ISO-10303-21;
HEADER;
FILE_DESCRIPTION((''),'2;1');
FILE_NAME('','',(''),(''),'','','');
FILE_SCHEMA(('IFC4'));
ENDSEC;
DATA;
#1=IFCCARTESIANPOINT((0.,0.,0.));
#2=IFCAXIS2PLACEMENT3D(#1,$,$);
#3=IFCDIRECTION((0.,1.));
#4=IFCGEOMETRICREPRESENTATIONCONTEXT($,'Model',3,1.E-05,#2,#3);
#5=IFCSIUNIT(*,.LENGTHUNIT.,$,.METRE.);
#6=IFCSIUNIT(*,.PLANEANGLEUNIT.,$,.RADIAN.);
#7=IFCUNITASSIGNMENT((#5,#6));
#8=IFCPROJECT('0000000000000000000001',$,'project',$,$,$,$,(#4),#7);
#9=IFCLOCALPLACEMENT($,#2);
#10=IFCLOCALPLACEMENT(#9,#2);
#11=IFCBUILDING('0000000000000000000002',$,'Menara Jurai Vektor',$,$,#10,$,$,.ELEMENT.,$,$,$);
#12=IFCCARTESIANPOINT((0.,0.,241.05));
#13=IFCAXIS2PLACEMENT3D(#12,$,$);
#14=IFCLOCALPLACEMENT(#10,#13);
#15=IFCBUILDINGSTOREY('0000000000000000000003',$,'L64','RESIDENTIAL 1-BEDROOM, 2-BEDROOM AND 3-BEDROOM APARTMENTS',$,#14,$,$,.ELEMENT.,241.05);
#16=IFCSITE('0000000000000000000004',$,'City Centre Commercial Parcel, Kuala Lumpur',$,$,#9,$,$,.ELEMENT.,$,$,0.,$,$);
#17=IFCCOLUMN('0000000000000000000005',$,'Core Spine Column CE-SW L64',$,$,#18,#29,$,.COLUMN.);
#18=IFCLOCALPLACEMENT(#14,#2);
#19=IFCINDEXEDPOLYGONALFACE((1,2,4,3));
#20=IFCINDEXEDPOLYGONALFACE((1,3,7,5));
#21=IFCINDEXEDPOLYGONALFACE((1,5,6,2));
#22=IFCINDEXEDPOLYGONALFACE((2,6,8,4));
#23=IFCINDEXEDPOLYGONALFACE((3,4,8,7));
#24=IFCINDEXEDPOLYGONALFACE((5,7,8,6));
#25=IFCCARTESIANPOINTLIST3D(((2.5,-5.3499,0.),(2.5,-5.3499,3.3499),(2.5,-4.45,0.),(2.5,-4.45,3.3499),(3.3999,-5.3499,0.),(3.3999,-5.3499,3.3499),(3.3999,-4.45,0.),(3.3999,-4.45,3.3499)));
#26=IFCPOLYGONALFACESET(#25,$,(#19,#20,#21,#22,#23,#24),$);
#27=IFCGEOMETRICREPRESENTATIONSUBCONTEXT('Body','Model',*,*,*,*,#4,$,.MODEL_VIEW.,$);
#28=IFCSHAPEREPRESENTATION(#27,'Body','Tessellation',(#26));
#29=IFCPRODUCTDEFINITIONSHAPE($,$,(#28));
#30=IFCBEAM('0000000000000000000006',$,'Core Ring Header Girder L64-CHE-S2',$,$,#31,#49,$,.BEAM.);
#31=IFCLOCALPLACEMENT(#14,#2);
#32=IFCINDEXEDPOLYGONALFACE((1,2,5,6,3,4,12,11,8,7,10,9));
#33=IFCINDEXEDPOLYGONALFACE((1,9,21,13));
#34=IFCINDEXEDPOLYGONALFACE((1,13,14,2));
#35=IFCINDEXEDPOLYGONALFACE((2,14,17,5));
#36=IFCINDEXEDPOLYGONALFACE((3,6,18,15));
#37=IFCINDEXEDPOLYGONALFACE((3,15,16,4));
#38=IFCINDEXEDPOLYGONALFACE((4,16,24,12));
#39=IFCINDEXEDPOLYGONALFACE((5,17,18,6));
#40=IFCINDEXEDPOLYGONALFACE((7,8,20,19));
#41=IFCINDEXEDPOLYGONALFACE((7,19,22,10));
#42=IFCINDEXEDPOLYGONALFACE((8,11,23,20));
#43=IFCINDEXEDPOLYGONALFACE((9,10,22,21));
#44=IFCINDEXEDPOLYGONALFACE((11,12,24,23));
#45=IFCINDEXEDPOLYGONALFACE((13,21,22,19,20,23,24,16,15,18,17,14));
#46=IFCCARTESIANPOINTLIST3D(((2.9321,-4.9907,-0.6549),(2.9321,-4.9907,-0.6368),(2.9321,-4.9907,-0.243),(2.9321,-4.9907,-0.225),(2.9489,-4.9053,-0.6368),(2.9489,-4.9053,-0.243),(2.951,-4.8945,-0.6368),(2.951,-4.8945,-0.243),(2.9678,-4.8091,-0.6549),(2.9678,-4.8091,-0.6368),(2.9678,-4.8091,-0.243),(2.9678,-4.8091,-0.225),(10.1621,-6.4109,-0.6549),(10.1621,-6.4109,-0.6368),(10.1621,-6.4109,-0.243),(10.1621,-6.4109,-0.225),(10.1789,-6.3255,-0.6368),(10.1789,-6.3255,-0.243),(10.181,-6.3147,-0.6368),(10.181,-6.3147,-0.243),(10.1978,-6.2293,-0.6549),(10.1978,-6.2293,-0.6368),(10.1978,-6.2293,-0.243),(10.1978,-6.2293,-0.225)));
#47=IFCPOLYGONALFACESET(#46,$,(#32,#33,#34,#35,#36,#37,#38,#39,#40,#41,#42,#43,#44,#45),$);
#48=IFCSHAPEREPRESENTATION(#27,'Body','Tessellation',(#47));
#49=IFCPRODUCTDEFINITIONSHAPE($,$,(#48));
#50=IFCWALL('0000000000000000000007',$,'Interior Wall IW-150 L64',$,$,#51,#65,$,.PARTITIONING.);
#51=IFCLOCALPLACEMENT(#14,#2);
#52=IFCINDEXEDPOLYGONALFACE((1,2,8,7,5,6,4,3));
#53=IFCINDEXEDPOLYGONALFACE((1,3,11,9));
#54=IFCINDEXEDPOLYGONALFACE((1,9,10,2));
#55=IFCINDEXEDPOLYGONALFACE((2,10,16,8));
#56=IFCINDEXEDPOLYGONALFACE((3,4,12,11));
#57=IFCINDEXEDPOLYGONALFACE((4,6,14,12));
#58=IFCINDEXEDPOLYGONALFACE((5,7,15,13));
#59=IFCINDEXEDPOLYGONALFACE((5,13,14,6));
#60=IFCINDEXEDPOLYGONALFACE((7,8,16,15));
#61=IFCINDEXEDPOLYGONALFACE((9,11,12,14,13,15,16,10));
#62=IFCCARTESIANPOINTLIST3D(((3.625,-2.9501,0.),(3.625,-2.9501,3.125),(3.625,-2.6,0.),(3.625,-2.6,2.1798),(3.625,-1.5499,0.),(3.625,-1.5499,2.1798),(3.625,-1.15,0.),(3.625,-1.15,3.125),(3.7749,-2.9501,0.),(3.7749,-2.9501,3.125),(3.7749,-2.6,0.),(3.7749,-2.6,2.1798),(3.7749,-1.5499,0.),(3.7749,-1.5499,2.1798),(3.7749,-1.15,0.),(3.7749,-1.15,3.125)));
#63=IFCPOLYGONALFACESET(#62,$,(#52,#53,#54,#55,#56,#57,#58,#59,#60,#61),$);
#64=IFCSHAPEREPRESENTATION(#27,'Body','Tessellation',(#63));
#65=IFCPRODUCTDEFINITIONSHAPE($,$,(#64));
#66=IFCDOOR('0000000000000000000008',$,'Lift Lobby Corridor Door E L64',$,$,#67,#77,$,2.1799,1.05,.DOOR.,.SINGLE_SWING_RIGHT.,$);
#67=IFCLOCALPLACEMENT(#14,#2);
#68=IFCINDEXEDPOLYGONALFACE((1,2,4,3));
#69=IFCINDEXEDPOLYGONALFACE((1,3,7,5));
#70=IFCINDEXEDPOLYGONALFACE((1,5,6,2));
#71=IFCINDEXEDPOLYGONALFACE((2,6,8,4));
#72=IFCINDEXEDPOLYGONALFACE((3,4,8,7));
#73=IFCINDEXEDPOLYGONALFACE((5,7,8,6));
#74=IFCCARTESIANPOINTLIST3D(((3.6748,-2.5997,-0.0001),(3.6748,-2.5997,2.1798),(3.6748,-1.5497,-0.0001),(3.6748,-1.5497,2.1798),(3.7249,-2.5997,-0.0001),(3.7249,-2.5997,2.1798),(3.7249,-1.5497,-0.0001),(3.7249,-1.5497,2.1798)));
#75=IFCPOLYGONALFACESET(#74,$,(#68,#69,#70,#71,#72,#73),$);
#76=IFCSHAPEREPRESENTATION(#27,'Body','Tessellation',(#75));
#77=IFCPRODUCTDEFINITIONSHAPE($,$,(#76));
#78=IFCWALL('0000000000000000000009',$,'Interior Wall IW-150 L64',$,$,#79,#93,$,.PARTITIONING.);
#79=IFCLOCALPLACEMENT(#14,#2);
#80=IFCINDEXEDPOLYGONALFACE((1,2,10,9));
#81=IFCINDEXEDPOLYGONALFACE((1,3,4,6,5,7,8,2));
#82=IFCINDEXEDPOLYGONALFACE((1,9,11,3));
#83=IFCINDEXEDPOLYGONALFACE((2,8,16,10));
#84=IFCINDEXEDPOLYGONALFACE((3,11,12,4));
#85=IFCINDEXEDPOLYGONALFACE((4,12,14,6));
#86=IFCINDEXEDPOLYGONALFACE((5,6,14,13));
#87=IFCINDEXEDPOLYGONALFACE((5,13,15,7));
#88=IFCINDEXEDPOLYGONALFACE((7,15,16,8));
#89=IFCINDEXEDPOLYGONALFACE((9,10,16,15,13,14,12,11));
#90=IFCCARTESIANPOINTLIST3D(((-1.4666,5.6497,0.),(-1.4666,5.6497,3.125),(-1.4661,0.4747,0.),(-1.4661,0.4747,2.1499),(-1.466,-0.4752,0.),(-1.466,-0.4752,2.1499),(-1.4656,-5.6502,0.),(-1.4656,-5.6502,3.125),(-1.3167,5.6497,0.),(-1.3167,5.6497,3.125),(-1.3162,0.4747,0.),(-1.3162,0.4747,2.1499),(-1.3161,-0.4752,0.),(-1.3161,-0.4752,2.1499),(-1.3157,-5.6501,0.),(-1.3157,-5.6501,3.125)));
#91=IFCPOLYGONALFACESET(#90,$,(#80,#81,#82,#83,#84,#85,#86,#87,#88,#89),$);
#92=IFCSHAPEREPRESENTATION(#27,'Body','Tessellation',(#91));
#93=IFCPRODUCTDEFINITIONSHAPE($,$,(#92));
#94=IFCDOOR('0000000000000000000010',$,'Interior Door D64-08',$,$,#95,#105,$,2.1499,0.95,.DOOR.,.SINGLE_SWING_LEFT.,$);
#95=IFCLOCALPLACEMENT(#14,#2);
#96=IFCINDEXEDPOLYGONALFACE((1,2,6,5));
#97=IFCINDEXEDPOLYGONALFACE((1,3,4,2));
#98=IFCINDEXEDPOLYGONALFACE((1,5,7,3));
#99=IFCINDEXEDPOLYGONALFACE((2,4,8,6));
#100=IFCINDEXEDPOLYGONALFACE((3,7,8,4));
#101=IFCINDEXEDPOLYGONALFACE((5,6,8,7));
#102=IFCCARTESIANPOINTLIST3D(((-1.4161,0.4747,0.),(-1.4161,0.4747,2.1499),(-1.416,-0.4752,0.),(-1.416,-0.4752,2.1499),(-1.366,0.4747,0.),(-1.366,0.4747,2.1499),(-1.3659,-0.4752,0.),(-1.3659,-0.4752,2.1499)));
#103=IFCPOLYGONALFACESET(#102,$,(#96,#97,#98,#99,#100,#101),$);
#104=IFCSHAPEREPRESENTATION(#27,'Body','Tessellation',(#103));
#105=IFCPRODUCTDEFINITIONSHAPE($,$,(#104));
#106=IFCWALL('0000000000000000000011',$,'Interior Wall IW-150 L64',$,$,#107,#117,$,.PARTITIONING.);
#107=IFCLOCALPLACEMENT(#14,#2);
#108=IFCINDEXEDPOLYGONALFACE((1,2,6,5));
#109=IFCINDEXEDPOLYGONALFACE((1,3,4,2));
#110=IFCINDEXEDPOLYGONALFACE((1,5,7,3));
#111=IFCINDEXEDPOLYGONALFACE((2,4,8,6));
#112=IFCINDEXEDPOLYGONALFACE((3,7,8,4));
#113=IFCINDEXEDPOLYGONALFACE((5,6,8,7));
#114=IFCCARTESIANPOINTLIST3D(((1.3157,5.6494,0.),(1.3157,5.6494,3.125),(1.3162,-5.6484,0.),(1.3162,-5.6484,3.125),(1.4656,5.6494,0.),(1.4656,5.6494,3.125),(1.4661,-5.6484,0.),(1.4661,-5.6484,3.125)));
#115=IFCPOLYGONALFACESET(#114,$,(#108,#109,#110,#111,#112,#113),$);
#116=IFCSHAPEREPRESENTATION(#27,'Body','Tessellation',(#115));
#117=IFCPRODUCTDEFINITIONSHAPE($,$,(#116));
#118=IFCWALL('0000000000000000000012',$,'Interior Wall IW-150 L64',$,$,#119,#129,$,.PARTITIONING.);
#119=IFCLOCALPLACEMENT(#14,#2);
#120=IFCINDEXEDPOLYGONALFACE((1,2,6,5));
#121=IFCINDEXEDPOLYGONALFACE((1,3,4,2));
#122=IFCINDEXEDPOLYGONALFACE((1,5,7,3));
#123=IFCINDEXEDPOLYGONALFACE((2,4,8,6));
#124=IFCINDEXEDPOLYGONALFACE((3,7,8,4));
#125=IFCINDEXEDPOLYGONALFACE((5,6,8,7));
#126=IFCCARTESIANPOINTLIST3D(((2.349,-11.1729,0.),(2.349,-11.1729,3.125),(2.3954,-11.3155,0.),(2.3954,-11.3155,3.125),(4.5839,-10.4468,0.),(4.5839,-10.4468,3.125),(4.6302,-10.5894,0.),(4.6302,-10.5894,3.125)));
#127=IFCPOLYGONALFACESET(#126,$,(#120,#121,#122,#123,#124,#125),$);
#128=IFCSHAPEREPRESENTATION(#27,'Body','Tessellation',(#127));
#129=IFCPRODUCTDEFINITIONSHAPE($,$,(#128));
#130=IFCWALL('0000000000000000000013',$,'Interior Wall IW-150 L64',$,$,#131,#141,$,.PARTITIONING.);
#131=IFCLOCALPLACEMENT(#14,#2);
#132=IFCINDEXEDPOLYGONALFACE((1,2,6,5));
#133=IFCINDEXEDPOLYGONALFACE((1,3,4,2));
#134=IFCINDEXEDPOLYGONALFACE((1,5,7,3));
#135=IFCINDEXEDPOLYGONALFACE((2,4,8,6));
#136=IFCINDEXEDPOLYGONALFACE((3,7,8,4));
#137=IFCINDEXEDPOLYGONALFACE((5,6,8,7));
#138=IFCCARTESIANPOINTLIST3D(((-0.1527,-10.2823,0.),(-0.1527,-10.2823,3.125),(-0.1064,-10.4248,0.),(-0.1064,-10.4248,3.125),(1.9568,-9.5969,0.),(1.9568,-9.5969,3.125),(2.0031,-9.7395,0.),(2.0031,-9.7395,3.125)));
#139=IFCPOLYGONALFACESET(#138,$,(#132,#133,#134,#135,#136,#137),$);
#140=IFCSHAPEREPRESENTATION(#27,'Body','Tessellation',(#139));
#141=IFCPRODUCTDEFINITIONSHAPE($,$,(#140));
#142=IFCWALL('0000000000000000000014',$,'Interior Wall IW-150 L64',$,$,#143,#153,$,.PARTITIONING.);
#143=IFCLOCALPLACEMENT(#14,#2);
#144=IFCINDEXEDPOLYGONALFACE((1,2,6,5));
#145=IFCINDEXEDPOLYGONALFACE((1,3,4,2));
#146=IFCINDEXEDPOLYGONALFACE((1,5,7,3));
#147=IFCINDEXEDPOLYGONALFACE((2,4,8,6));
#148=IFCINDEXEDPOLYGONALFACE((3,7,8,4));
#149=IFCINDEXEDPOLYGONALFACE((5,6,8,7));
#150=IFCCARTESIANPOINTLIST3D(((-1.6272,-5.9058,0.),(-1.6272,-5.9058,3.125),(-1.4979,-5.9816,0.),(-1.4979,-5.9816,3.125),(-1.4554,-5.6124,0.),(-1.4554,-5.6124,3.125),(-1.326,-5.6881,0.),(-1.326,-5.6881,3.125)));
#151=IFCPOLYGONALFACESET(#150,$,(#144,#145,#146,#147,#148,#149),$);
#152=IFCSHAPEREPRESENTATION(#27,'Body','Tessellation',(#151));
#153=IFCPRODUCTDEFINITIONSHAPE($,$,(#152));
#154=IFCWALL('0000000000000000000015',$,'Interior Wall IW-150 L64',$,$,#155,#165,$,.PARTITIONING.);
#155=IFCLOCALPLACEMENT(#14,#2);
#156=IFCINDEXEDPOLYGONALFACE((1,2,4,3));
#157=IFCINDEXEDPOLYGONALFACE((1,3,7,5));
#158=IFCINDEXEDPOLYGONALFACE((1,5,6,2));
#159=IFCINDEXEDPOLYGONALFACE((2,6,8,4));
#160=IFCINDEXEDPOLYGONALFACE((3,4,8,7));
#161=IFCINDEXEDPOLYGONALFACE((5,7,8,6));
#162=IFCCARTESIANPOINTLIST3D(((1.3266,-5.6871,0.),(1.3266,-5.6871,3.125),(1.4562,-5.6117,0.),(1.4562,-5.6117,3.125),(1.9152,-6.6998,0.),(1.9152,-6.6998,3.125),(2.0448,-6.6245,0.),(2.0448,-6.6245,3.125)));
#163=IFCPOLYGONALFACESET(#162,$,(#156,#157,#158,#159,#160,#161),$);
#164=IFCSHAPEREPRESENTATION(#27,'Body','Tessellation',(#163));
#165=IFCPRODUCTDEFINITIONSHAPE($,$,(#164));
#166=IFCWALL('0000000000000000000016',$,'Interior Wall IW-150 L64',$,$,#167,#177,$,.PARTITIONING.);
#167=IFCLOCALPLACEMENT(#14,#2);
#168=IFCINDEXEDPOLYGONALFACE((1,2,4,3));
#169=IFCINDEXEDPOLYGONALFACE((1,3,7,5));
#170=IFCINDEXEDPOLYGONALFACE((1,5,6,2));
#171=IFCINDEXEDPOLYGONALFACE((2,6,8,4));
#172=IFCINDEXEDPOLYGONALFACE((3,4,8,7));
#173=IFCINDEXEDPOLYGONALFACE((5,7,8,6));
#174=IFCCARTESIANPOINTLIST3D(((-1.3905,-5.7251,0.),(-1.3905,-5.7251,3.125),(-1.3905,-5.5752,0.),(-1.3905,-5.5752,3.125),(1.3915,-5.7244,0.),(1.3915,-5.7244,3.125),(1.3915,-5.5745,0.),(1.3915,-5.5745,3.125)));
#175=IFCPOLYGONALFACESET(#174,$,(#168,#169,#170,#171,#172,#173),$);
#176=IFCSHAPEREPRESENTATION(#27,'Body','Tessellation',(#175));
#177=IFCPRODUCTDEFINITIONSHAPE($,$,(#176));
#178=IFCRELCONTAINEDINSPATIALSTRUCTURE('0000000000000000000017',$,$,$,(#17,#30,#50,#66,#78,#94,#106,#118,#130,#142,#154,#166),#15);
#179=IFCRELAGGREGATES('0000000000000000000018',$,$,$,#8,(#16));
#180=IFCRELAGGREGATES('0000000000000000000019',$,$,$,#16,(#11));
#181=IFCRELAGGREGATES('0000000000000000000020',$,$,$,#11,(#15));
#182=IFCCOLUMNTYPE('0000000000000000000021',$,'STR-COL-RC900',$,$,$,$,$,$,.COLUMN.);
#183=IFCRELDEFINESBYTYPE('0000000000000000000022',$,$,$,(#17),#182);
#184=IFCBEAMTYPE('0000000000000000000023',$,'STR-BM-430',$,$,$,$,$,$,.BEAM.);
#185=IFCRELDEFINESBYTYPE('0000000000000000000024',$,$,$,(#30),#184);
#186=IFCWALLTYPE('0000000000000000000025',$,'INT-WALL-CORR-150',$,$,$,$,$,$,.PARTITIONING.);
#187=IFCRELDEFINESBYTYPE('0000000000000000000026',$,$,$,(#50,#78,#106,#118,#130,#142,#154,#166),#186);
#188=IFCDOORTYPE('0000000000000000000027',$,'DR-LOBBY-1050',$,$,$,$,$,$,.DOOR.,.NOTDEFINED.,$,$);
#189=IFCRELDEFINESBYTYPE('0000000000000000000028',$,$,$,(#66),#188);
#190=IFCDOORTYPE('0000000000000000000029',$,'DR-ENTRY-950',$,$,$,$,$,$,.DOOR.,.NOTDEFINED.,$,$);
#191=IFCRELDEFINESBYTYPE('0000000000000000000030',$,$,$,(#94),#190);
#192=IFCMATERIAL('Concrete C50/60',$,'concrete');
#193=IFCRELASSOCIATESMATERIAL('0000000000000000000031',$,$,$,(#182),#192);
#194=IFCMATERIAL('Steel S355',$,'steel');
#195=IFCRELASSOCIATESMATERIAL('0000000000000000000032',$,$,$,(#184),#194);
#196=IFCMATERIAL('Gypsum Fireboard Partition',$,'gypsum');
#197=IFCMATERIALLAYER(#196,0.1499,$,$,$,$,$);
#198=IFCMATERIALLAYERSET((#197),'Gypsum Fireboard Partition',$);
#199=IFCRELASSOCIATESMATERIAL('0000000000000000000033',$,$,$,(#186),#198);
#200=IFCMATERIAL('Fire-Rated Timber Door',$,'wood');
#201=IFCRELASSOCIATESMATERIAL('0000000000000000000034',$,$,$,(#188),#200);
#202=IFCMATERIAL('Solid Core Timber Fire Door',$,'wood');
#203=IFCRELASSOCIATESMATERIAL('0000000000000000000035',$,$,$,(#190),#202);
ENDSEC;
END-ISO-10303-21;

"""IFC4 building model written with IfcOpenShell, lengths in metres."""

from ifc_helpers import new_model, si_unit, direction, frame, frame_2d, origin, origin_2d, place, context, subcontext, project, spatial, rectangle, i_section, extrude, material, layer, layer_set, material_profile, profile_set, type_object, element, fill, save


model = new_model("IFC4")

# Units and contexts
model_context = context("Model", 3, precision=1e-05, world=origin(), true_north=direction((0.0, 1.0)))
body_context = subcontext(model_context, "Body", "Model", "MODEL_VIEW")
ifc_project = project(units=[si_unit("LENGTHUNIT", "METRE"), si_unit("PLANEANGLEUNIT", "RADIAN")], contexts=[model_context])

# Site, building, storey
site_placement = place(None, origin())
site = spatial("IfcSite", under=ifc_project, at=site_placement, Name="City Centre Commercial Parcel, Kuala Lumpur", CompositionType="ELEMENT", RefElevation=0.0)
building_placement = place(site_placement, origin())
building = spatial("IfcBuilding", under=site, at=building_placement, Name="Menara Jurai Vektor", CompositionType="ELEMENT")
storey_placement = place(building_placement, frame((0.0, 0.0, 241.05)))
storey = spatial("IfcBuildingStorey", under=building, at=storey_placement, Name="L64", Description="RESIDENTIAL 1-BEDROOM, 2-BEDROOM AND 3-BEDROOM APARTMENTS", CompositionType="ELEMENT", Elevation=241.05)

# Column
ifc_material_1 = material(Name="Concrete C50/60", Category="concrete")
ifc_material_profile_1 = material_profile(ifc_material_1, rectangle(XDim=0.8999, YDim=0.8999, at=origin_2d()), Name="RC 900x900")
ifc_profile_set_1 = profile_set([ifc_material_profile_1], Name="Concrete C50/60")
column_type = type_object("IfcColumnType", Name="STR-COL-RC900", PredefinedType="COLUMN", material=ifc_profile_set_1)
column_placement = place(storey_placement, frame((2.95, -4.8999, 0.0), z_axis=(0.0, 0.0, 1.0), x_axis=(1.0, 0.0, 0.0)))
element("IfcColumn", 1, at=column_placement, inside=storey, type_object=column_type, Name="Core Spine Column CE-SW L64", PredefinedType="COLUMN", context=body_context, shape_type="SweptSolid", body=[
    extrude(rectangle(XDim=0.8999, YDim=0.8999, at=origin_2d()), origin(), (0.0, 0.0, 1.0), 3.3499),
])

# Beam
ifc_material_2 = material(Name="Steel S355", Category="steel")
ifc_material_profile_2 = material_profile(ifc_material_2, i_section(OverallWidth=0.1851, OverallDepth=0.4299, WebThickness=0.011, FlangeThickness=0.0181, at=origin_2d()), Name="PG 430x185x76")
ifc_profile_set_2 = profile_set([ifc_material_profile_2], Name="Steel S355")
beam_type = type_object("IfcBeamType", Name="STR-BM-430", PredefinedType="BEAM", material=ifc_profile_set_2)
beam_placement = place(storey_placement, frame((2.95, -4.8999, -0.4399), z_axis=(0.981249, -0.192744, 0.0), x_axis=(0.192744, 0.981249, 0.0)))
element("IfcBeam", 2, at=beam_placement, inside=storey, type_object=beam_type, Name="Core Ring Header Girder L64-CHE-S2", PredefinedType="BEAM", context=body_context, shape_type="SweptSolid", body=[
    extrude(i_section(OverallWidth=0.1851, OverallDepth=0.4299, WebThickness=0.011, FlangeThickness=0.0181, at=origin_2d()), origin(), (0.0, 0.0, 1.0), 7.3682),
])

# Walls, openings, doors
ifc_material_3 = material(Name="Gypsum Fireboard Partition", Category="gypsum")
ifc_layer_1 = layer(ifc_material_3, 0.1499)
ifc_layer_set_1 = layer_set([ifc_layer_1], Name="Gypsum Fireboard Partition")
wall_type_1 = type_object("IfcWallType", Name="INT-WALL-CORR-150", PredefinedType="PARTITIONING", material=ifc_layer_set_1)
wall_1_placement = place(storey_placement, frame((3.7, -2.95, 0.0), z_axis=(0.0, 0.0, 1.0), x_axis=(0.0, 1.0, 0.0)))
wall_1 = element("IfcWall", 3, at=wall_1_placement, inside=storey, type_object=wall_type_1, Name="Interior Wall IW-150 L64", PredefinedType="PARTITIONING", context=body_context, shape_type="SweptSolid", body=[
    extrude(rectangle(XDim=1.8, YDim=0.1499, at=frame_2d((0.8999, 0.0))), origin(), (0.0, 0.0, 1.0), 3.125),
])
opening_1_placement = place(wall_1_placement, frame((0.3501, 0.0, 0.0)))
opening_1 = element("IfcOpeningElement", 4, at=opening_1_placement, cuts=wall_1, PredefinedType="OPENING", context=body_context, shape_type="SweptSolid", body=[
    extrude(rectangle(XDim=1.05, YDim=2.1799, at=frame_2d((0.5249, 1.0898))), frame((0.0, 0.085, 0.0), z_axis=(0.0, -1.0, 0.0), x_axis=(1.0, 0.0, 0.0)), (0.0, 0.0, 1.0), 0.1699),
])
ifc_material_4 = material(Name="Fire-Rated Timber Door", Category="wood")
door_type_1 = type_object("IfcDoorType", Name="DR-LOBBY-1050", OperationType="NOTDEFINED", PredefinedType="DOOR", material=ifc_material_4)
door_1_placement = place(opening_1_placement, frame((1.05, 0.0, 0.0), z_axis=(0.0, 0.0, 1.0), x_axis=(-1.0, 0.0, 0.0)))
door_1 = element("IfcDoor", 5, at=door_1_placement, inside=storey, type_object=door_type_1, Name="Lift Lobby Corridor Door E L64", OperationType="SINGLE_SWING_RIGHT", OverallHeight=2.1799, OverallWidth=1.05, PredefinedType="DOOR", context=body_context, shape_type="SweptSolid", body=[
    extrude(rectangle(XDim=1.05, YDim=2.1799, at=frame_2d((0.5249, 1.0898))), frame((0.0, 0.0249, 0.0), z_axis=(0.0, -1.0, 0.0), x_axis=(1.0, 0.0, 0.0)), (0.0, 0.0, 1.0), 0.05),
])
fill(opening_1, door_1)
wall_2_placement = place(storey_placement, frame((-1.3906, -5.6501, 0.0), z_axis=(0.0, 0.0, 1.0), x_axis=(-0.000086, 1.0, 0.0)))
wall_2 = element("IfcWall", 6, at=wall_2_placement, inside=storey, type_object=wall_type_1, Name="Interior Wall IW-150 L64", PredefinedType="PARTITIONING", context=body_context, shape_type="SweptSolid", body=[
    extrude(rectangle(XDim=11.2998, YDim=0.1499, at=frame_2d((5.6499, 0.0))), origin(), (0.0, 0.0, 1.0), 3.125),
])
opening_2_placement = place(wall_2_placement, frame((5.1748, 0.0, 0.0)))
opening_2 = element("IfcOpeningElement", 7, at=opening_2_placement, cuts=wall_2, PredefinedType="OPENING", context=body_context, shape_type="SweptSolid", body=[
    extrude(rectangle(XDim=0.95, YDim=2.1499, at=frame_2d((0.4751, 1.075))), frame((0.0, 0.085, 0.0), z_axis=(0.0, -1.0, 0.0), x_axis=(1.0, 0.0, 0.0)), (0.0, 0.0, 1.0), 0.1699),
])
ifc_material_5 = material(Name="Solid Core Timber Fire Door", Category="wood")
door_type_2 = type_object("IfcDoorType", Name="DR-ENTRY-950", OperationType="NOTDEFINED", PredefinedType="DOOR", material=ifc_material_5)
door_2_placement = place(opening_2_placement, origin())
door_2 = element("IfcDoor", 8, at=door_2_placement, inside=storey, type_object=door_type_2, Name="Interior Door D64-08", OperationType="SINGLE_SWING_LEFT", OverallHeight=2.1499, OverallWidth=0.95, PredefinedType="DOOR", context=body_context, shape_type="SweptSolid", body=[
    extrude(rectangle(XDim=0.95, YDim=2.1499, at=frame_2d((0.4751, 1.075))), frame((0.0, 0.0249, 0.0), z_axis=(0.0, -1.0, 0.0), x_axis=(1.0, 0.0, 0.0)), (0.0, 0.0, 1.0), 0.05),
])
fill(opening_2, door_2)

# Walls
wall_3_placement = place(storey_placement, frame((1.3911, -5.6484, 0.0), z_axis=(0.0, 0.0, 1.0), x_axis=(-0.000043, 1.0, 0.0)))
element("IfcWall", 9, at=wall_3_placement, inside=storey, type_object=wall_type_1, Name="Interior Wall IW-150 L64", PredefinedType="PARTITIONING", context=body_context, shape_type="SweptSolid", body=[
    extrude(rectangle(XDim=11.2979, YDim=0.1499, at=frame_2d((5.6489, 0.0))), origin(), (0.0, 0.0, 1.0), 3.125),
])
wall_4_placement = place(storey_placement, frame((2.3723, -11.2441, 0.0), z_axis=(0.0, 0.0, 1.0), x_axis=(0.951066, 0.308987, 0.0)))
element("IfcWall", 10, at=wall_4_placement, inside=storey, type_object=wall_type_1, Name="Interior Wall IW-150 L64", PredefinedType="PARTITIONING", context=body_context, shape_type="SweptSolid", body=[
    extrude(rectangle(XDim=2.3499, YDim=0.1499, at=frame_2d((1.1748, 0.0))), origin(), (0.0, 0.0, 1.0), 3.125),
])
wall_5_placement = place(storey_placement, frame((-0.1294, -10.3535, 0.0), z_axis=(0.0, 0.0, 1.0), x_axis=(0.951066, 0.308987, 0.0)))
element("IfcWall", 11, at=wall_5_placement, inside=storey, type_object=wall_type_1, Name="Interior Wall IW-150 L64", PredefinedType="PARTITIONING", context=body_context, shape_type="SweptSolid", body=[
    extrude(rectangle(XDim=2.218, YDim=0.1499, at=frame_2d((1.1089, 0.0))), origin(), (0.0, 0.0, 1.0), 3.125),
])
wall_6_placement = place(storey_placement, frame((-1.5625, -5.9436, 0.0), z_axis=(0.0, 0.0, 1.0), x_axis=(0.505388, 0.862892, 0.0)))
element("IfcWall", 12, at=wall_6_placement, inside=storey, type_object=wall_type_1, Name="Interior Wall IW-150 L64", PredefinedType="PARTITIONING", context=body_context, shape_type="SweptSolid", body=[
    extrude(rectangle(XDim=0.3401, YDim=0.1499, at=frame_2d((0.1699, 0.0))), origin(), (0.0, 0.0, 1.0), 3.125),
])

# Walls
wall_7_placement = place(storey_placement, frame((1.3914, -5.6494, 0.0), z_axis=(0.0, 0.0, 1.0), x_axis=(0.502523, -0.864564, 0.0)))
element("IfcWall", 13, at=wall_7_placement, inside=storey, type_object=wall_type_1, Name="Interior Wall IW-150 L64", PredefinedType="PARTITIONING", context=body_context, shape_type="SweptSolid", body=[
    extrude(rectangle(XDim=1.1714, YDim=0.1499, at=frame_2d((0.5857, 0.0))), origin(), (0.0, 0.0, 1.0), 3.125),
])
wall_8_placement = place(storey_placement, frame((-1.3906, -5.6501, 0.0), z_axis=(0.0, 0.0, 1.0), x_axis=(1.0, 0.000263, 0.0)))
element("IfcWall", 14, at=wall_8_placement, inside=storey, type_object=wall_type_1, Name="Interior Wall IW-150 L64", PredefinedType="PARTITIONING", context=body_context, shape_type="SweptSolid", body=[
    extrude(rectangle(XDim=2.782, YDim=0.1499, at=frame_2d((1.3911, 0.0))), origin(), (0.0, 0.0, 1.0), 3.125),
])

save(model, "model.ifc")
